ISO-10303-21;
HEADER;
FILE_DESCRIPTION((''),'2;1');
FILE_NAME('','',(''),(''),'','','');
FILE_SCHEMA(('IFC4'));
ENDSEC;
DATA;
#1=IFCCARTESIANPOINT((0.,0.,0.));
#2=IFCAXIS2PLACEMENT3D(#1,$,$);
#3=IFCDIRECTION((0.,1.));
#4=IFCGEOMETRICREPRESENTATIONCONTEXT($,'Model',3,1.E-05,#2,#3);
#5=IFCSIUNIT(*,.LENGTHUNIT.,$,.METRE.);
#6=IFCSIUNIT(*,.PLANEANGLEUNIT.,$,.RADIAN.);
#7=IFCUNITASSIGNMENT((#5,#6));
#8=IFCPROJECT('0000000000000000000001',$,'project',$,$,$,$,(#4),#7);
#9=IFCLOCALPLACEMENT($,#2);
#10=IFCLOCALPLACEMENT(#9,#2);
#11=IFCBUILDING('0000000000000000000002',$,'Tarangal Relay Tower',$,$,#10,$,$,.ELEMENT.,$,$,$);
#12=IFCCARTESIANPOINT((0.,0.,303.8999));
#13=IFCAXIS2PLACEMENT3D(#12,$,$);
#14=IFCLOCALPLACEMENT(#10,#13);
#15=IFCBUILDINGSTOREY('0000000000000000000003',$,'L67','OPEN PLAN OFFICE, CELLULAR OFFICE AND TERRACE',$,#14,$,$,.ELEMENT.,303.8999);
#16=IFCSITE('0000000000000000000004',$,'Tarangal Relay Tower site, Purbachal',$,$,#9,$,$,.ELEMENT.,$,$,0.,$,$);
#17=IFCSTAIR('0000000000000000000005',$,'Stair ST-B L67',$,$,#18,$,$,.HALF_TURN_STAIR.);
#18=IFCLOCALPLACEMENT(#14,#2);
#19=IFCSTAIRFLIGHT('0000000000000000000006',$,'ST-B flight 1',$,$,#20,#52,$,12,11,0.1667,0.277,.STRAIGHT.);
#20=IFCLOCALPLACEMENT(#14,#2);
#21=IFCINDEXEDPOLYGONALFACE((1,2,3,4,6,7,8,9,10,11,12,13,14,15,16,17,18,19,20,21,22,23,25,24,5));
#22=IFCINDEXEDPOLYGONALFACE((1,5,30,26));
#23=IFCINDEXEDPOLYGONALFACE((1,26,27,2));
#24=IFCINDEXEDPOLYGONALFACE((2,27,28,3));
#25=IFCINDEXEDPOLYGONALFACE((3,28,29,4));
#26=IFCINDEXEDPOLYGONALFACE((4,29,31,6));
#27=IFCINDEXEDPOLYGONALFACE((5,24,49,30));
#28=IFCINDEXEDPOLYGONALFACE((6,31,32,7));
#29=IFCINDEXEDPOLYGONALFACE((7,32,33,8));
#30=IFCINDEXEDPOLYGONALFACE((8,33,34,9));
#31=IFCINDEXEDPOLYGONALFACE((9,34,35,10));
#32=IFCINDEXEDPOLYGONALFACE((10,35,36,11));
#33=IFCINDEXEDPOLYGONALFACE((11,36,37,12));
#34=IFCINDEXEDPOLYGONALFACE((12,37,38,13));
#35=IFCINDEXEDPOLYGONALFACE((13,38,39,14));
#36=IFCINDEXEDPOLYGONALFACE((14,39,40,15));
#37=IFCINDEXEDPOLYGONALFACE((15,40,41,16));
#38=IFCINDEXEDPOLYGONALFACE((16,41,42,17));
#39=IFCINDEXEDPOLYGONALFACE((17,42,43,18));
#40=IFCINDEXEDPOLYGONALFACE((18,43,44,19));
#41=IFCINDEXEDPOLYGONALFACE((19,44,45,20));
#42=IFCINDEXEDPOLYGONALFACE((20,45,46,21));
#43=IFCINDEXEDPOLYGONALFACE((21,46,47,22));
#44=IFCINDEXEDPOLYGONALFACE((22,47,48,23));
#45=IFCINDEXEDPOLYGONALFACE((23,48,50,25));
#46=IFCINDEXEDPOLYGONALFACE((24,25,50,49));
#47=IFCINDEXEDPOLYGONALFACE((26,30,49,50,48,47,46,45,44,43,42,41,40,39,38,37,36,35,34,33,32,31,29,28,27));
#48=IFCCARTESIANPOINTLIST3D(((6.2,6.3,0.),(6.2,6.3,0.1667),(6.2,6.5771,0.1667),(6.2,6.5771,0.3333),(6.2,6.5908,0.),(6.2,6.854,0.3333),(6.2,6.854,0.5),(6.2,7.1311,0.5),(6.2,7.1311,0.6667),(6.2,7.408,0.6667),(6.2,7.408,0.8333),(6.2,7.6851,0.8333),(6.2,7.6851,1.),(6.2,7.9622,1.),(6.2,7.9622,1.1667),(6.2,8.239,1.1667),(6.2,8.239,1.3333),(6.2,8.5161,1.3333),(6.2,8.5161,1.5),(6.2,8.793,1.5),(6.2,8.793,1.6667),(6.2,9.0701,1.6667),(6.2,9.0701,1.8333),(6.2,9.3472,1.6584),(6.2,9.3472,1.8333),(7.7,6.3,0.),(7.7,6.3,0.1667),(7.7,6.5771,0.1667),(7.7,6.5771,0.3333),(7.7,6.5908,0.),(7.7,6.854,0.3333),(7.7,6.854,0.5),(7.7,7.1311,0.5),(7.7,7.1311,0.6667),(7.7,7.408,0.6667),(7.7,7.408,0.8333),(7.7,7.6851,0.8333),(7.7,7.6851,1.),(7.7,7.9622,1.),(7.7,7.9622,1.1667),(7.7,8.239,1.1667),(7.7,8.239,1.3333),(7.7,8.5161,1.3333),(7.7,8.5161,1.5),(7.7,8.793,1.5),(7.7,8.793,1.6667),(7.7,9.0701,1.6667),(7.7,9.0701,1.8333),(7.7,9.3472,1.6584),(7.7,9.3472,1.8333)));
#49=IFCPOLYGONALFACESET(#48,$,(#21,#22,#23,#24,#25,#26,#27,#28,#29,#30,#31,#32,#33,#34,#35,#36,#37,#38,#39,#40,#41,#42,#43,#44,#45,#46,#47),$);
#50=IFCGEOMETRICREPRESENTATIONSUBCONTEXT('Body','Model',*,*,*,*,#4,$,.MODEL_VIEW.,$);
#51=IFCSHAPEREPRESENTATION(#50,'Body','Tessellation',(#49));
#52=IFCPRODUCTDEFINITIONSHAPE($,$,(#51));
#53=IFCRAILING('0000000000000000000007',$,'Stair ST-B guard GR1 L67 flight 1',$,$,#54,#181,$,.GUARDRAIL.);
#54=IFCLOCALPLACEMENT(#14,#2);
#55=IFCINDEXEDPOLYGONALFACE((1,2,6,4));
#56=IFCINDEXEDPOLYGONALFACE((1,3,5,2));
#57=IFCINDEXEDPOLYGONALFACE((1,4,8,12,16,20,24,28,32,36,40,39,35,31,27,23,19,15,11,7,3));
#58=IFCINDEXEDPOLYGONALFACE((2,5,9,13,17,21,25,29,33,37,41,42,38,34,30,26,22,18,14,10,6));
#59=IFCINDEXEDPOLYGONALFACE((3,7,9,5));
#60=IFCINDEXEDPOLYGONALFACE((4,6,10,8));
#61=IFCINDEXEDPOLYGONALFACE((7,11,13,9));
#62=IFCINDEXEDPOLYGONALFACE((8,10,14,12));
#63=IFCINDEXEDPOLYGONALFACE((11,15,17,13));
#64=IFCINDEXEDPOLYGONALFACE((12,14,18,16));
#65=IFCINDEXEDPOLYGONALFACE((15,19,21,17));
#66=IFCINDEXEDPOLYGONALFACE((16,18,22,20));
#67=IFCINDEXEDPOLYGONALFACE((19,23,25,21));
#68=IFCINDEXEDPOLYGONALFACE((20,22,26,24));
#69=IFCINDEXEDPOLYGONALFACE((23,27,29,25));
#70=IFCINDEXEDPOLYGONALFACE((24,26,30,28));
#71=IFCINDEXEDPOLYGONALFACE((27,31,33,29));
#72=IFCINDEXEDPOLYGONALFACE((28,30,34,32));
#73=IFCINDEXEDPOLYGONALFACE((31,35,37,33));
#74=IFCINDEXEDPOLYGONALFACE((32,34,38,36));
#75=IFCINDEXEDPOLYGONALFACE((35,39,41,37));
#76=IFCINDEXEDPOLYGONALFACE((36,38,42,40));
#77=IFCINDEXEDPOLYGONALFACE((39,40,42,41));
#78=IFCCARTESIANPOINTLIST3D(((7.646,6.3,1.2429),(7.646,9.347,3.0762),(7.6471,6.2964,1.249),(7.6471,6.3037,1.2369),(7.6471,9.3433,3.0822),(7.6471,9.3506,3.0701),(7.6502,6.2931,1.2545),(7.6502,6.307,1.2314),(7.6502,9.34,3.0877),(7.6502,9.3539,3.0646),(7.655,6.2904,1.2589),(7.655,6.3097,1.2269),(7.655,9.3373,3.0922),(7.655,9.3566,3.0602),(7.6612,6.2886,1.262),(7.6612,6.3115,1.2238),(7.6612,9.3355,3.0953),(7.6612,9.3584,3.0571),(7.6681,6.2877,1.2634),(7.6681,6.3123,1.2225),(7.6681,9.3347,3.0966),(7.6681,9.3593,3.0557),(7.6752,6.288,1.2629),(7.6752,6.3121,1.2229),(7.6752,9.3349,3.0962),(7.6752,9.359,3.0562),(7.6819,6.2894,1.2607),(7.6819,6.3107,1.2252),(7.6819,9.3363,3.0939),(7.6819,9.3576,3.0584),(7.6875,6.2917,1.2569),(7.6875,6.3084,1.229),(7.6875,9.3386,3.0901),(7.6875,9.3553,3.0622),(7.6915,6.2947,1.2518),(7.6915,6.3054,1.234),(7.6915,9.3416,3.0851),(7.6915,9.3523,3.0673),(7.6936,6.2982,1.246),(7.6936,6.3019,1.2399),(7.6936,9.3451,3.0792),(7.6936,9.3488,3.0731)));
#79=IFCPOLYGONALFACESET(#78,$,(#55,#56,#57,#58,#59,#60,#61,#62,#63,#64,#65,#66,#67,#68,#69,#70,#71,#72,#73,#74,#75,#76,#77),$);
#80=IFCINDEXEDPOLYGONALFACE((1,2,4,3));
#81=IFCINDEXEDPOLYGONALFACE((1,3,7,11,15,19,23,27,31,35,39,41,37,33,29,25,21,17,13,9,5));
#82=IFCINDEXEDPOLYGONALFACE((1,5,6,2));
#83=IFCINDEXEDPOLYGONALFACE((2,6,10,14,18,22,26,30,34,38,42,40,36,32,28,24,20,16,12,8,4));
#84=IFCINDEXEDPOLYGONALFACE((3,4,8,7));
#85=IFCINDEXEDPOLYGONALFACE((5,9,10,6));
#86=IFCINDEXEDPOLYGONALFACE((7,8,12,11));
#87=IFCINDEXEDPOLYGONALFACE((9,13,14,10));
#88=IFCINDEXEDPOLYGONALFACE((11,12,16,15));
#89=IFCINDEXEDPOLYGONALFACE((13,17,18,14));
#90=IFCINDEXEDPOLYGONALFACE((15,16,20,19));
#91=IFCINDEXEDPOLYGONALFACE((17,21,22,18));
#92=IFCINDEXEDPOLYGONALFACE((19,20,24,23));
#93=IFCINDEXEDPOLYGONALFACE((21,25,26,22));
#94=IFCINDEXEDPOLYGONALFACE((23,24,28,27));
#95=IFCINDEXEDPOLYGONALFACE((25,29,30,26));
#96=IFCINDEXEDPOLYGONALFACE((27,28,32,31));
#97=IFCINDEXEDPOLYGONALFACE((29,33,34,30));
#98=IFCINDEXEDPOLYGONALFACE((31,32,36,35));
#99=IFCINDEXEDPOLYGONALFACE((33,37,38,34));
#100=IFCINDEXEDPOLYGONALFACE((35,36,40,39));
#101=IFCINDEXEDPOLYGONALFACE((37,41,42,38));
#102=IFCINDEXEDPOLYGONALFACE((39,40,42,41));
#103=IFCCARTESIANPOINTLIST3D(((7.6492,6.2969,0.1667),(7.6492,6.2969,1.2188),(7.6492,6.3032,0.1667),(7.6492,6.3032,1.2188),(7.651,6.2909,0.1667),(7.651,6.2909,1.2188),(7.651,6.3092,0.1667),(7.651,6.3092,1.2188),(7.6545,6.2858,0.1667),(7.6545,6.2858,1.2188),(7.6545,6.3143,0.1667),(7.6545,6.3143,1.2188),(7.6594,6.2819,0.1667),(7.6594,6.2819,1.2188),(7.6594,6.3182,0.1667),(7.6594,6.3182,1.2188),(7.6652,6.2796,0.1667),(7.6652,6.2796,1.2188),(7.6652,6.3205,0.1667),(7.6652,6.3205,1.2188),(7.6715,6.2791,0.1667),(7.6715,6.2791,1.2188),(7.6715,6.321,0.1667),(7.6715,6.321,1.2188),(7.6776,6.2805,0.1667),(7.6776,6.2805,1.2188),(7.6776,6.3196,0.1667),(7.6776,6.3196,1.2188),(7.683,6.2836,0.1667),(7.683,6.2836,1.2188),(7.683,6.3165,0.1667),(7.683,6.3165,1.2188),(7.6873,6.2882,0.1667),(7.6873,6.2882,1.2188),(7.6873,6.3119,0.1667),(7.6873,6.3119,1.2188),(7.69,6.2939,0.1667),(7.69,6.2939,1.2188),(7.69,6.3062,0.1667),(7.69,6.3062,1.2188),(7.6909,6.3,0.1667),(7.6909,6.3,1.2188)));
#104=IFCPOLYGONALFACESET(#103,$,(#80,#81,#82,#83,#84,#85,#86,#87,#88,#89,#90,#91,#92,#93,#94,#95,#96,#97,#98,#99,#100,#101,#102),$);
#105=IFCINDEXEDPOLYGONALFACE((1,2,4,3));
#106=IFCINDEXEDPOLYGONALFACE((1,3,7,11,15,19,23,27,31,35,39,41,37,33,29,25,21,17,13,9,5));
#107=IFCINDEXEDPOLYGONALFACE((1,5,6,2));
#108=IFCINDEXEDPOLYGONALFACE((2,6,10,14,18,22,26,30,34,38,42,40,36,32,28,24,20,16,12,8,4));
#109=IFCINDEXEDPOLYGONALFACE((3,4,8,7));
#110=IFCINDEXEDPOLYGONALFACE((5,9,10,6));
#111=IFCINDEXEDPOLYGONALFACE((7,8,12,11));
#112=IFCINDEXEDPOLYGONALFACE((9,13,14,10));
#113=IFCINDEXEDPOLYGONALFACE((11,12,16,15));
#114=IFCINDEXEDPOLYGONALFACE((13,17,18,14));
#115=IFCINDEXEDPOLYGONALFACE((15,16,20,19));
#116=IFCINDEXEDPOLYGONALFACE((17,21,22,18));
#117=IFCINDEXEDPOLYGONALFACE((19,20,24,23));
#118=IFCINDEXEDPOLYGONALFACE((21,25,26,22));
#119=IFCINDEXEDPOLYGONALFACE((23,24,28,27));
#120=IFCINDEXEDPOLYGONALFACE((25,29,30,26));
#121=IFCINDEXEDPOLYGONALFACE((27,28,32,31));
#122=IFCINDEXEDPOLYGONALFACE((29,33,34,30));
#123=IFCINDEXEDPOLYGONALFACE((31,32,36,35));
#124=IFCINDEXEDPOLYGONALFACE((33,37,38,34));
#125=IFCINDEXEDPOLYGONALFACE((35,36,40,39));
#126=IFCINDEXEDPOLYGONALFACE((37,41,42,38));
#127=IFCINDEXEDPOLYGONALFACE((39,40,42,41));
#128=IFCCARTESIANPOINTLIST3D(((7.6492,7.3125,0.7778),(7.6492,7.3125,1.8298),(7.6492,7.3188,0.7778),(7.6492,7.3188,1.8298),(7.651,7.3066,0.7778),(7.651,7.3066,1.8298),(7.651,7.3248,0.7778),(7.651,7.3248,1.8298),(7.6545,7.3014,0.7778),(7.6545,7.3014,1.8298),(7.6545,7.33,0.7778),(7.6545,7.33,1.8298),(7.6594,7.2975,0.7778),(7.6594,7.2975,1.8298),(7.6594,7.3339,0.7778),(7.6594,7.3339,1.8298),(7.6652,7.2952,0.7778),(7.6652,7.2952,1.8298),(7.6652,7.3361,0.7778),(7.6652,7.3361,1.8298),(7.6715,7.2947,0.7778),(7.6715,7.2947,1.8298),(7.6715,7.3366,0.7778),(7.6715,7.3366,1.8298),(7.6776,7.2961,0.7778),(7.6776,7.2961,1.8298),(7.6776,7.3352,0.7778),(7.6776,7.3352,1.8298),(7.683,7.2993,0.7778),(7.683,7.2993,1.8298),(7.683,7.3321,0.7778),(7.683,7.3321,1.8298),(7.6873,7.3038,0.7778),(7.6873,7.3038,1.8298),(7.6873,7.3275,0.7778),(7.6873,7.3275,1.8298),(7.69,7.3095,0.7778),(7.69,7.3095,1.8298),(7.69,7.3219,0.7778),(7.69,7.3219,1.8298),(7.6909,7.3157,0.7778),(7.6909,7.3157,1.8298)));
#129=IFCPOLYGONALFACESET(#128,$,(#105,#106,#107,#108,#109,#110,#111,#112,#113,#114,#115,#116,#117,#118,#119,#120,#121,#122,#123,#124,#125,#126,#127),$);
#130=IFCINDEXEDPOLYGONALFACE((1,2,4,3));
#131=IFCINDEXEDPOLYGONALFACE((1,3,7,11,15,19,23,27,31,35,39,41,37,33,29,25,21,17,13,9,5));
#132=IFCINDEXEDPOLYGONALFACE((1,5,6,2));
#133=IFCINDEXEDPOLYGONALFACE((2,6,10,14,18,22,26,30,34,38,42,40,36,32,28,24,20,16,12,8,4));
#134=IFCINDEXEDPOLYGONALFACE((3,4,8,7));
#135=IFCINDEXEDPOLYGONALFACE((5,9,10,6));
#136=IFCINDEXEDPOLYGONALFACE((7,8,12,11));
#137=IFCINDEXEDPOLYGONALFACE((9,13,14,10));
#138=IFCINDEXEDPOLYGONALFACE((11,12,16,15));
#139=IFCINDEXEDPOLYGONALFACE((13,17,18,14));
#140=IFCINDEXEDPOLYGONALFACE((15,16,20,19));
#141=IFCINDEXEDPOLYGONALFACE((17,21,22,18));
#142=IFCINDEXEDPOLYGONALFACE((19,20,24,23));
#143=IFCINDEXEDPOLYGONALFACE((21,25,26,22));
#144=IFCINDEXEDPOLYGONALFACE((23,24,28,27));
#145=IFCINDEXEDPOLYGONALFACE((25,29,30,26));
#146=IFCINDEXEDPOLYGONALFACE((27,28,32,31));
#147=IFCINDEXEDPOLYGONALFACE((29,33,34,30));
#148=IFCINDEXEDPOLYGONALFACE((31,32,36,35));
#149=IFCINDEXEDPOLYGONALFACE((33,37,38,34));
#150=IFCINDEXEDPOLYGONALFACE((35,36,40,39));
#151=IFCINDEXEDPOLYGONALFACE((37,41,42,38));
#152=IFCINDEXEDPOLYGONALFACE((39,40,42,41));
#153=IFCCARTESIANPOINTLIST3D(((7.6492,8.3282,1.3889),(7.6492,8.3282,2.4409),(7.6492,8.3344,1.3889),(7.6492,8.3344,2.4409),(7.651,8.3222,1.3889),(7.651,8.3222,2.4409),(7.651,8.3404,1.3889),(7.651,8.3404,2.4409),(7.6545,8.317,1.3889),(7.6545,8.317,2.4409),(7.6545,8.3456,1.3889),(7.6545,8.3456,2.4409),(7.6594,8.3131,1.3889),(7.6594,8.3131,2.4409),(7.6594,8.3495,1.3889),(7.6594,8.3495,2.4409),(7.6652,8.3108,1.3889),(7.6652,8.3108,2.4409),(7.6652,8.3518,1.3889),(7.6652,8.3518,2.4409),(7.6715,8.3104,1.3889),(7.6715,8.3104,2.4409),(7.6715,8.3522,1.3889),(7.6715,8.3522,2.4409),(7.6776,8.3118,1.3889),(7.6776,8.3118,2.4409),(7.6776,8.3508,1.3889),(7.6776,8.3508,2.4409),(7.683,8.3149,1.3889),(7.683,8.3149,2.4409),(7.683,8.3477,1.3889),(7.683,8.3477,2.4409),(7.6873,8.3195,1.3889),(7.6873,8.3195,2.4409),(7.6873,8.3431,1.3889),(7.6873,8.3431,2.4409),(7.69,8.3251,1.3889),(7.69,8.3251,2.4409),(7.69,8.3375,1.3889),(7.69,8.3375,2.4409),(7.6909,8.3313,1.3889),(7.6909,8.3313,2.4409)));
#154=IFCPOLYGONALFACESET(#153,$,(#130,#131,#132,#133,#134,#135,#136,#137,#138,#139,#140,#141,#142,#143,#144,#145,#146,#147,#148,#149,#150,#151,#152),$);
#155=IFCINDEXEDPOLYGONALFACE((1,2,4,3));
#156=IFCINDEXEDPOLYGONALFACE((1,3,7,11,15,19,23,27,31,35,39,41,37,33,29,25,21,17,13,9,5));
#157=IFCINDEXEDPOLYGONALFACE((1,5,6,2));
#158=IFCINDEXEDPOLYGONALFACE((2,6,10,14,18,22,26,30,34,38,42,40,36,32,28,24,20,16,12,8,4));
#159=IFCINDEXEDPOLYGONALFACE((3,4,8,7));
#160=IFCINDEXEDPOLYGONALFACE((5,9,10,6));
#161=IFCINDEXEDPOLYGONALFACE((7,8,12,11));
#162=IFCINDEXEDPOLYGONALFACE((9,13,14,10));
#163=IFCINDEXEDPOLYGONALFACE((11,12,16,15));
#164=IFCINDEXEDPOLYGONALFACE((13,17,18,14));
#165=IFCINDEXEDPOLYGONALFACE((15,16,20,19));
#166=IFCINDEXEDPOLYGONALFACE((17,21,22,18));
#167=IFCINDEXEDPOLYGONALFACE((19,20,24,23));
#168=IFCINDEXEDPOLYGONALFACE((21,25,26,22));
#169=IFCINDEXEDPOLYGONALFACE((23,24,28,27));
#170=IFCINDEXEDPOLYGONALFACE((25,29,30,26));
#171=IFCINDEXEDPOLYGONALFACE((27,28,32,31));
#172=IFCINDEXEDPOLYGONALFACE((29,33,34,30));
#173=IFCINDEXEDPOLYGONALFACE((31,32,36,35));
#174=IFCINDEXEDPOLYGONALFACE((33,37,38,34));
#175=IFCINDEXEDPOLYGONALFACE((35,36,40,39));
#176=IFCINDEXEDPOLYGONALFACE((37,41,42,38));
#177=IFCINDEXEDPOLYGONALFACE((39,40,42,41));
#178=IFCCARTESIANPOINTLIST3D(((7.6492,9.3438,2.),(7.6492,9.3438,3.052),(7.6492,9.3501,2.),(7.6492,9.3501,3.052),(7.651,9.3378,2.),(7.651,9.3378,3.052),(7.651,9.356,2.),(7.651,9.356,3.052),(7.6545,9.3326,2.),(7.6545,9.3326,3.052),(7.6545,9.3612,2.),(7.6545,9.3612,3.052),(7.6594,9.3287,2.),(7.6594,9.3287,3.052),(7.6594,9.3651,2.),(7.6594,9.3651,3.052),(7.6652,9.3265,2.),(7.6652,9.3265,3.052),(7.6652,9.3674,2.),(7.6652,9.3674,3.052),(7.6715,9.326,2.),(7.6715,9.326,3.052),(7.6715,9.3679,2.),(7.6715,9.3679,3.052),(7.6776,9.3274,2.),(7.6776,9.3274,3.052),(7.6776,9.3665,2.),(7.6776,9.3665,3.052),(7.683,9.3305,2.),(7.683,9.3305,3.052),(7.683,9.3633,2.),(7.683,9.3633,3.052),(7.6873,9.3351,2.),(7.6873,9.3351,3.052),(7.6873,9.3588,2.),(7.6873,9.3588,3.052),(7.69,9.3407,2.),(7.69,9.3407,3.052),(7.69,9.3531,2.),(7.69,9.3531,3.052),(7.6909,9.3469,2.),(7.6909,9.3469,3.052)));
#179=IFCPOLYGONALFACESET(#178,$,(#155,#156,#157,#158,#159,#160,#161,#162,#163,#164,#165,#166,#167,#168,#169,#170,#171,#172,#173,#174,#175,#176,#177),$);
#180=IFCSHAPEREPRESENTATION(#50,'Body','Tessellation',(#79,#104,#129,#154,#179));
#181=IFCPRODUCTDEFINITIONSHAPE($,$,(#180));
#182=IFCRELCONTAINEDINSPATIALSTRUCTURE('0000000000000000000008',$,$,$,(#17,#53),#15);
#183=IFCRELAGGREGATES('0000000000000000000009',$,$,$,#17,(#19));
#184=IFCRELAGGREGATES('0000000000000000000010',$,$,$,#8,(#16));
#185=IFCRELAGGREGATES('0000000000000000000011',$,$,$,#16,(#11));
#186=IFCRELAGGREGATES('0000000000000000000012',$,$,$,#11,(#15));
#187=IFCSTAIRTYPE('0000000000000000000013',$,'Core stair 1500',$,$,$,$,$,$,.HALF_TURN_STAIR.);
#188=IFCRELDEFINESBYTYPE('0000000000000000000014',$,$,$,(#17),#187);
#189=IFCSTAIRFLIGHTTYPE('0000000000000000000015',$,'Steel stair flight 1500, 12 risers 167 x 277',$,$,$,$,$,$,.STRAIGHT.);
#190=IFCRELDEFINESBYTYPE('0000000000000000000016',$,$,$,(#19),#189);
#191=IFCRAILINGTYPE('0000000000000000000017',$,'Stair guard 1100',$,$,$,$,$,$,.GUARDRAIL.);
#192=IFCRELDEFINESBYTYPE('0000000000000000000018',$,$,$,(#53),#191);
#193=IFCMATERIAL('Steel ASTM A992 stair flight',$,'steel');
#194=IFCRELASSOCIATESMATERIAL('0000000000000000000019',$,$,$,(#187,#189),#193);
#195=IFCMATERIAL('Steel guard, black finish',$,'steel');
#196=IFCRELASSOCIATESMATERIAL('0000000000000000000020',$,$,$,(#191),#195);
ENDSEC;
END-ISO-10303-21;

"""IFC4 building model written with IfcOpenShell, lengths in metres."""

from ifc_helpers import new_model, si_unit, direction, frame, origin, origin_2d, place, context, subcontext, project, spatial, polyline, circle, outline, extrude, material, type_object, element, aggregate, save


model = new_model("IFC4")

# Units and contexts
model_context = context("Model", 3, precision=1e-05, world=origin(), true_north=direction((0.0, 1.0)))
body_context = subcontext(model_context, "Body", "Model", "MODEL_VIEW")
ifc_project = project(units=[si_unit("LENGTHUNIT", "METRE"), si_unit("PLANEANGLEUNIT", "RADIAN")], contexts=[model_context])

# Site, building, storey
site_placement = place(None, origin())
site = spatial("IfcSite", under=ifc_project, at=site_placement, Name="Tarangal Relay Tower site, Purbachal", CompositionType="ELEMENT", RefElevation=0.0)
building_placement = place(site_placement, origin())
building = spatial("IfcBuilding", under=site, at=building_placement, Name="Tarangal Relay Tower", CompositionType="ELEMENT")
storey_placement = place(building_placement, frame((0.0, 0.0, 303.8999)))
storey = spatial("IfcBuildingStorey", under=building, at=storey_placement, Name="L67", Description="OPEN PLAN OFFICE, CELLULAR OFFICE AND TERRACE", CompositionType="ELEMENT", Elevation=303.8999)

# Stair
ifc_material_1 = material(Name="Steel ASTM A992 stair flight", Category="steel")
stair_type = type_object("IfcStairType", Name="Core stair 1500", PredefinedType="HALF_TURN_STAIR", material=ifc_material_1)
stair_1_placement = place(storey_placement, origin())
stair_1 = element("IfcStair", 1, at=stair_1_placement, inside=storey, type_object=stair_type, Name="Stair ST-B L67", PredefinedType="HALF_TURN_STAIR")

# Stair flight
stair_flight_type = type_object("IfcStairFlightType", Name="Steel stair flight 1500, 12 risers 167 x 277", PredefinedType="STRAIGHT", material=ifc_material_1)
stair_flight_placement = place(storey_placement, frame((6.95, 6.3, 0.0), z_axis=(0.0, 0.0, 1.0), x_axis=(0.0, 1.0, 0.0)))
stair_flight = element("IfcStairFlight", 2, at=stair_flight_placement, type_object=stair_flight_type, Name="ST-B flight 1", NumberOfRisers=12, NumberOfTreads=11, PredefinedType="STRAIGHT", RiserHeight=0.1667, TreadLength=0.277, context=body_context, shape_type="SweptSolid", body=[
    extrude(outline(polyline([(0.0, 0.0), (0.0, 0.1667), (0.2771, 0.1667), (0.2771, 0.3333), (0.554, 0.3333), (0.554, 0.5), (0.8311, 0.5), (0.8311, 0.6667), (1.1079, 0.6667), (1.1079, 0.8333), (1.385, 0.8333), (1.385, 1.0), (1.6621, 1.0), (1.6621, 1.1667), (1.939, 1.1667), (1.939, 1.3333), (2.2161, 1.3333), (2.2161, 1.5), (2.4929, 1.5), (2.4929, 1.6667), (2.77, 1.6667), (2.77, 1.8333), (3.0471, 1.8333), (3.0471, 2.0), (3.0471, 1.6584), (0.2908, 0.0), (0.0, 0.0)])), frame((0.0, 0.75, 0.0), z_axis=(0.0, -1.0, 0.0), x_axis=(1.0, 0.0, 0.0)), (0.0, 0.0, 1.0), 1.5),
])
aggregate(stair_1, [stair_flight])

# Railing
ifc_material_2 = material(Name="Steel guard, black finish", Category="steel")
railing_type_1 = type_object("IfcRailingType", Name="Stair guard 1100", PredefinedType="GUARDRAIL", material=ifc_material_2)
railing_1_placement = place(storey_placement, frame((7.6699, 6.3, 0.1667)))
element("IfcRailing", 3, at=railing_1_placement, inside=storey, type_object=railing_type_1, Name="Stair ST-B guard GR1 L67 flight 1", PredefinedType="GUARDRAIL", context=body_context, shape_type="SweptSolid", body=[
    extrude(circle(Radius=0.0239, at=origin_2d()), frame((0.0, 0.0, 1.0762), z_axis=(0.0, 0.856856, 0.515556), x_axis=(-1.0, 0.0, 0.0)), (0.0, 0.0, 1.0), 3.5559),
    extrude(circle(Radius=0.021, at=origin_2d()), origin(), (0.0, 0.0, 1.0), 1.052),
    extrude(circle(Radius=0.021, at=origin_2d()), frame((0.0, 1.0156, 0.6111)), (0.0, 0.0, 1.0), 1.052),
    extrude(circle(Radius=0.021, at=origin_2d()), frame((0.0, 2.0312, 1.2222)), (0.0, 0.0, 1.0), 1.052),
    extrude(circle(Radius=0.021, at=origin_2d()), frame((0.0, 3.0469, 1.8333)), (0.0, 0.0, 1.0), 1.052),
])

save(model, "model.ifc")
